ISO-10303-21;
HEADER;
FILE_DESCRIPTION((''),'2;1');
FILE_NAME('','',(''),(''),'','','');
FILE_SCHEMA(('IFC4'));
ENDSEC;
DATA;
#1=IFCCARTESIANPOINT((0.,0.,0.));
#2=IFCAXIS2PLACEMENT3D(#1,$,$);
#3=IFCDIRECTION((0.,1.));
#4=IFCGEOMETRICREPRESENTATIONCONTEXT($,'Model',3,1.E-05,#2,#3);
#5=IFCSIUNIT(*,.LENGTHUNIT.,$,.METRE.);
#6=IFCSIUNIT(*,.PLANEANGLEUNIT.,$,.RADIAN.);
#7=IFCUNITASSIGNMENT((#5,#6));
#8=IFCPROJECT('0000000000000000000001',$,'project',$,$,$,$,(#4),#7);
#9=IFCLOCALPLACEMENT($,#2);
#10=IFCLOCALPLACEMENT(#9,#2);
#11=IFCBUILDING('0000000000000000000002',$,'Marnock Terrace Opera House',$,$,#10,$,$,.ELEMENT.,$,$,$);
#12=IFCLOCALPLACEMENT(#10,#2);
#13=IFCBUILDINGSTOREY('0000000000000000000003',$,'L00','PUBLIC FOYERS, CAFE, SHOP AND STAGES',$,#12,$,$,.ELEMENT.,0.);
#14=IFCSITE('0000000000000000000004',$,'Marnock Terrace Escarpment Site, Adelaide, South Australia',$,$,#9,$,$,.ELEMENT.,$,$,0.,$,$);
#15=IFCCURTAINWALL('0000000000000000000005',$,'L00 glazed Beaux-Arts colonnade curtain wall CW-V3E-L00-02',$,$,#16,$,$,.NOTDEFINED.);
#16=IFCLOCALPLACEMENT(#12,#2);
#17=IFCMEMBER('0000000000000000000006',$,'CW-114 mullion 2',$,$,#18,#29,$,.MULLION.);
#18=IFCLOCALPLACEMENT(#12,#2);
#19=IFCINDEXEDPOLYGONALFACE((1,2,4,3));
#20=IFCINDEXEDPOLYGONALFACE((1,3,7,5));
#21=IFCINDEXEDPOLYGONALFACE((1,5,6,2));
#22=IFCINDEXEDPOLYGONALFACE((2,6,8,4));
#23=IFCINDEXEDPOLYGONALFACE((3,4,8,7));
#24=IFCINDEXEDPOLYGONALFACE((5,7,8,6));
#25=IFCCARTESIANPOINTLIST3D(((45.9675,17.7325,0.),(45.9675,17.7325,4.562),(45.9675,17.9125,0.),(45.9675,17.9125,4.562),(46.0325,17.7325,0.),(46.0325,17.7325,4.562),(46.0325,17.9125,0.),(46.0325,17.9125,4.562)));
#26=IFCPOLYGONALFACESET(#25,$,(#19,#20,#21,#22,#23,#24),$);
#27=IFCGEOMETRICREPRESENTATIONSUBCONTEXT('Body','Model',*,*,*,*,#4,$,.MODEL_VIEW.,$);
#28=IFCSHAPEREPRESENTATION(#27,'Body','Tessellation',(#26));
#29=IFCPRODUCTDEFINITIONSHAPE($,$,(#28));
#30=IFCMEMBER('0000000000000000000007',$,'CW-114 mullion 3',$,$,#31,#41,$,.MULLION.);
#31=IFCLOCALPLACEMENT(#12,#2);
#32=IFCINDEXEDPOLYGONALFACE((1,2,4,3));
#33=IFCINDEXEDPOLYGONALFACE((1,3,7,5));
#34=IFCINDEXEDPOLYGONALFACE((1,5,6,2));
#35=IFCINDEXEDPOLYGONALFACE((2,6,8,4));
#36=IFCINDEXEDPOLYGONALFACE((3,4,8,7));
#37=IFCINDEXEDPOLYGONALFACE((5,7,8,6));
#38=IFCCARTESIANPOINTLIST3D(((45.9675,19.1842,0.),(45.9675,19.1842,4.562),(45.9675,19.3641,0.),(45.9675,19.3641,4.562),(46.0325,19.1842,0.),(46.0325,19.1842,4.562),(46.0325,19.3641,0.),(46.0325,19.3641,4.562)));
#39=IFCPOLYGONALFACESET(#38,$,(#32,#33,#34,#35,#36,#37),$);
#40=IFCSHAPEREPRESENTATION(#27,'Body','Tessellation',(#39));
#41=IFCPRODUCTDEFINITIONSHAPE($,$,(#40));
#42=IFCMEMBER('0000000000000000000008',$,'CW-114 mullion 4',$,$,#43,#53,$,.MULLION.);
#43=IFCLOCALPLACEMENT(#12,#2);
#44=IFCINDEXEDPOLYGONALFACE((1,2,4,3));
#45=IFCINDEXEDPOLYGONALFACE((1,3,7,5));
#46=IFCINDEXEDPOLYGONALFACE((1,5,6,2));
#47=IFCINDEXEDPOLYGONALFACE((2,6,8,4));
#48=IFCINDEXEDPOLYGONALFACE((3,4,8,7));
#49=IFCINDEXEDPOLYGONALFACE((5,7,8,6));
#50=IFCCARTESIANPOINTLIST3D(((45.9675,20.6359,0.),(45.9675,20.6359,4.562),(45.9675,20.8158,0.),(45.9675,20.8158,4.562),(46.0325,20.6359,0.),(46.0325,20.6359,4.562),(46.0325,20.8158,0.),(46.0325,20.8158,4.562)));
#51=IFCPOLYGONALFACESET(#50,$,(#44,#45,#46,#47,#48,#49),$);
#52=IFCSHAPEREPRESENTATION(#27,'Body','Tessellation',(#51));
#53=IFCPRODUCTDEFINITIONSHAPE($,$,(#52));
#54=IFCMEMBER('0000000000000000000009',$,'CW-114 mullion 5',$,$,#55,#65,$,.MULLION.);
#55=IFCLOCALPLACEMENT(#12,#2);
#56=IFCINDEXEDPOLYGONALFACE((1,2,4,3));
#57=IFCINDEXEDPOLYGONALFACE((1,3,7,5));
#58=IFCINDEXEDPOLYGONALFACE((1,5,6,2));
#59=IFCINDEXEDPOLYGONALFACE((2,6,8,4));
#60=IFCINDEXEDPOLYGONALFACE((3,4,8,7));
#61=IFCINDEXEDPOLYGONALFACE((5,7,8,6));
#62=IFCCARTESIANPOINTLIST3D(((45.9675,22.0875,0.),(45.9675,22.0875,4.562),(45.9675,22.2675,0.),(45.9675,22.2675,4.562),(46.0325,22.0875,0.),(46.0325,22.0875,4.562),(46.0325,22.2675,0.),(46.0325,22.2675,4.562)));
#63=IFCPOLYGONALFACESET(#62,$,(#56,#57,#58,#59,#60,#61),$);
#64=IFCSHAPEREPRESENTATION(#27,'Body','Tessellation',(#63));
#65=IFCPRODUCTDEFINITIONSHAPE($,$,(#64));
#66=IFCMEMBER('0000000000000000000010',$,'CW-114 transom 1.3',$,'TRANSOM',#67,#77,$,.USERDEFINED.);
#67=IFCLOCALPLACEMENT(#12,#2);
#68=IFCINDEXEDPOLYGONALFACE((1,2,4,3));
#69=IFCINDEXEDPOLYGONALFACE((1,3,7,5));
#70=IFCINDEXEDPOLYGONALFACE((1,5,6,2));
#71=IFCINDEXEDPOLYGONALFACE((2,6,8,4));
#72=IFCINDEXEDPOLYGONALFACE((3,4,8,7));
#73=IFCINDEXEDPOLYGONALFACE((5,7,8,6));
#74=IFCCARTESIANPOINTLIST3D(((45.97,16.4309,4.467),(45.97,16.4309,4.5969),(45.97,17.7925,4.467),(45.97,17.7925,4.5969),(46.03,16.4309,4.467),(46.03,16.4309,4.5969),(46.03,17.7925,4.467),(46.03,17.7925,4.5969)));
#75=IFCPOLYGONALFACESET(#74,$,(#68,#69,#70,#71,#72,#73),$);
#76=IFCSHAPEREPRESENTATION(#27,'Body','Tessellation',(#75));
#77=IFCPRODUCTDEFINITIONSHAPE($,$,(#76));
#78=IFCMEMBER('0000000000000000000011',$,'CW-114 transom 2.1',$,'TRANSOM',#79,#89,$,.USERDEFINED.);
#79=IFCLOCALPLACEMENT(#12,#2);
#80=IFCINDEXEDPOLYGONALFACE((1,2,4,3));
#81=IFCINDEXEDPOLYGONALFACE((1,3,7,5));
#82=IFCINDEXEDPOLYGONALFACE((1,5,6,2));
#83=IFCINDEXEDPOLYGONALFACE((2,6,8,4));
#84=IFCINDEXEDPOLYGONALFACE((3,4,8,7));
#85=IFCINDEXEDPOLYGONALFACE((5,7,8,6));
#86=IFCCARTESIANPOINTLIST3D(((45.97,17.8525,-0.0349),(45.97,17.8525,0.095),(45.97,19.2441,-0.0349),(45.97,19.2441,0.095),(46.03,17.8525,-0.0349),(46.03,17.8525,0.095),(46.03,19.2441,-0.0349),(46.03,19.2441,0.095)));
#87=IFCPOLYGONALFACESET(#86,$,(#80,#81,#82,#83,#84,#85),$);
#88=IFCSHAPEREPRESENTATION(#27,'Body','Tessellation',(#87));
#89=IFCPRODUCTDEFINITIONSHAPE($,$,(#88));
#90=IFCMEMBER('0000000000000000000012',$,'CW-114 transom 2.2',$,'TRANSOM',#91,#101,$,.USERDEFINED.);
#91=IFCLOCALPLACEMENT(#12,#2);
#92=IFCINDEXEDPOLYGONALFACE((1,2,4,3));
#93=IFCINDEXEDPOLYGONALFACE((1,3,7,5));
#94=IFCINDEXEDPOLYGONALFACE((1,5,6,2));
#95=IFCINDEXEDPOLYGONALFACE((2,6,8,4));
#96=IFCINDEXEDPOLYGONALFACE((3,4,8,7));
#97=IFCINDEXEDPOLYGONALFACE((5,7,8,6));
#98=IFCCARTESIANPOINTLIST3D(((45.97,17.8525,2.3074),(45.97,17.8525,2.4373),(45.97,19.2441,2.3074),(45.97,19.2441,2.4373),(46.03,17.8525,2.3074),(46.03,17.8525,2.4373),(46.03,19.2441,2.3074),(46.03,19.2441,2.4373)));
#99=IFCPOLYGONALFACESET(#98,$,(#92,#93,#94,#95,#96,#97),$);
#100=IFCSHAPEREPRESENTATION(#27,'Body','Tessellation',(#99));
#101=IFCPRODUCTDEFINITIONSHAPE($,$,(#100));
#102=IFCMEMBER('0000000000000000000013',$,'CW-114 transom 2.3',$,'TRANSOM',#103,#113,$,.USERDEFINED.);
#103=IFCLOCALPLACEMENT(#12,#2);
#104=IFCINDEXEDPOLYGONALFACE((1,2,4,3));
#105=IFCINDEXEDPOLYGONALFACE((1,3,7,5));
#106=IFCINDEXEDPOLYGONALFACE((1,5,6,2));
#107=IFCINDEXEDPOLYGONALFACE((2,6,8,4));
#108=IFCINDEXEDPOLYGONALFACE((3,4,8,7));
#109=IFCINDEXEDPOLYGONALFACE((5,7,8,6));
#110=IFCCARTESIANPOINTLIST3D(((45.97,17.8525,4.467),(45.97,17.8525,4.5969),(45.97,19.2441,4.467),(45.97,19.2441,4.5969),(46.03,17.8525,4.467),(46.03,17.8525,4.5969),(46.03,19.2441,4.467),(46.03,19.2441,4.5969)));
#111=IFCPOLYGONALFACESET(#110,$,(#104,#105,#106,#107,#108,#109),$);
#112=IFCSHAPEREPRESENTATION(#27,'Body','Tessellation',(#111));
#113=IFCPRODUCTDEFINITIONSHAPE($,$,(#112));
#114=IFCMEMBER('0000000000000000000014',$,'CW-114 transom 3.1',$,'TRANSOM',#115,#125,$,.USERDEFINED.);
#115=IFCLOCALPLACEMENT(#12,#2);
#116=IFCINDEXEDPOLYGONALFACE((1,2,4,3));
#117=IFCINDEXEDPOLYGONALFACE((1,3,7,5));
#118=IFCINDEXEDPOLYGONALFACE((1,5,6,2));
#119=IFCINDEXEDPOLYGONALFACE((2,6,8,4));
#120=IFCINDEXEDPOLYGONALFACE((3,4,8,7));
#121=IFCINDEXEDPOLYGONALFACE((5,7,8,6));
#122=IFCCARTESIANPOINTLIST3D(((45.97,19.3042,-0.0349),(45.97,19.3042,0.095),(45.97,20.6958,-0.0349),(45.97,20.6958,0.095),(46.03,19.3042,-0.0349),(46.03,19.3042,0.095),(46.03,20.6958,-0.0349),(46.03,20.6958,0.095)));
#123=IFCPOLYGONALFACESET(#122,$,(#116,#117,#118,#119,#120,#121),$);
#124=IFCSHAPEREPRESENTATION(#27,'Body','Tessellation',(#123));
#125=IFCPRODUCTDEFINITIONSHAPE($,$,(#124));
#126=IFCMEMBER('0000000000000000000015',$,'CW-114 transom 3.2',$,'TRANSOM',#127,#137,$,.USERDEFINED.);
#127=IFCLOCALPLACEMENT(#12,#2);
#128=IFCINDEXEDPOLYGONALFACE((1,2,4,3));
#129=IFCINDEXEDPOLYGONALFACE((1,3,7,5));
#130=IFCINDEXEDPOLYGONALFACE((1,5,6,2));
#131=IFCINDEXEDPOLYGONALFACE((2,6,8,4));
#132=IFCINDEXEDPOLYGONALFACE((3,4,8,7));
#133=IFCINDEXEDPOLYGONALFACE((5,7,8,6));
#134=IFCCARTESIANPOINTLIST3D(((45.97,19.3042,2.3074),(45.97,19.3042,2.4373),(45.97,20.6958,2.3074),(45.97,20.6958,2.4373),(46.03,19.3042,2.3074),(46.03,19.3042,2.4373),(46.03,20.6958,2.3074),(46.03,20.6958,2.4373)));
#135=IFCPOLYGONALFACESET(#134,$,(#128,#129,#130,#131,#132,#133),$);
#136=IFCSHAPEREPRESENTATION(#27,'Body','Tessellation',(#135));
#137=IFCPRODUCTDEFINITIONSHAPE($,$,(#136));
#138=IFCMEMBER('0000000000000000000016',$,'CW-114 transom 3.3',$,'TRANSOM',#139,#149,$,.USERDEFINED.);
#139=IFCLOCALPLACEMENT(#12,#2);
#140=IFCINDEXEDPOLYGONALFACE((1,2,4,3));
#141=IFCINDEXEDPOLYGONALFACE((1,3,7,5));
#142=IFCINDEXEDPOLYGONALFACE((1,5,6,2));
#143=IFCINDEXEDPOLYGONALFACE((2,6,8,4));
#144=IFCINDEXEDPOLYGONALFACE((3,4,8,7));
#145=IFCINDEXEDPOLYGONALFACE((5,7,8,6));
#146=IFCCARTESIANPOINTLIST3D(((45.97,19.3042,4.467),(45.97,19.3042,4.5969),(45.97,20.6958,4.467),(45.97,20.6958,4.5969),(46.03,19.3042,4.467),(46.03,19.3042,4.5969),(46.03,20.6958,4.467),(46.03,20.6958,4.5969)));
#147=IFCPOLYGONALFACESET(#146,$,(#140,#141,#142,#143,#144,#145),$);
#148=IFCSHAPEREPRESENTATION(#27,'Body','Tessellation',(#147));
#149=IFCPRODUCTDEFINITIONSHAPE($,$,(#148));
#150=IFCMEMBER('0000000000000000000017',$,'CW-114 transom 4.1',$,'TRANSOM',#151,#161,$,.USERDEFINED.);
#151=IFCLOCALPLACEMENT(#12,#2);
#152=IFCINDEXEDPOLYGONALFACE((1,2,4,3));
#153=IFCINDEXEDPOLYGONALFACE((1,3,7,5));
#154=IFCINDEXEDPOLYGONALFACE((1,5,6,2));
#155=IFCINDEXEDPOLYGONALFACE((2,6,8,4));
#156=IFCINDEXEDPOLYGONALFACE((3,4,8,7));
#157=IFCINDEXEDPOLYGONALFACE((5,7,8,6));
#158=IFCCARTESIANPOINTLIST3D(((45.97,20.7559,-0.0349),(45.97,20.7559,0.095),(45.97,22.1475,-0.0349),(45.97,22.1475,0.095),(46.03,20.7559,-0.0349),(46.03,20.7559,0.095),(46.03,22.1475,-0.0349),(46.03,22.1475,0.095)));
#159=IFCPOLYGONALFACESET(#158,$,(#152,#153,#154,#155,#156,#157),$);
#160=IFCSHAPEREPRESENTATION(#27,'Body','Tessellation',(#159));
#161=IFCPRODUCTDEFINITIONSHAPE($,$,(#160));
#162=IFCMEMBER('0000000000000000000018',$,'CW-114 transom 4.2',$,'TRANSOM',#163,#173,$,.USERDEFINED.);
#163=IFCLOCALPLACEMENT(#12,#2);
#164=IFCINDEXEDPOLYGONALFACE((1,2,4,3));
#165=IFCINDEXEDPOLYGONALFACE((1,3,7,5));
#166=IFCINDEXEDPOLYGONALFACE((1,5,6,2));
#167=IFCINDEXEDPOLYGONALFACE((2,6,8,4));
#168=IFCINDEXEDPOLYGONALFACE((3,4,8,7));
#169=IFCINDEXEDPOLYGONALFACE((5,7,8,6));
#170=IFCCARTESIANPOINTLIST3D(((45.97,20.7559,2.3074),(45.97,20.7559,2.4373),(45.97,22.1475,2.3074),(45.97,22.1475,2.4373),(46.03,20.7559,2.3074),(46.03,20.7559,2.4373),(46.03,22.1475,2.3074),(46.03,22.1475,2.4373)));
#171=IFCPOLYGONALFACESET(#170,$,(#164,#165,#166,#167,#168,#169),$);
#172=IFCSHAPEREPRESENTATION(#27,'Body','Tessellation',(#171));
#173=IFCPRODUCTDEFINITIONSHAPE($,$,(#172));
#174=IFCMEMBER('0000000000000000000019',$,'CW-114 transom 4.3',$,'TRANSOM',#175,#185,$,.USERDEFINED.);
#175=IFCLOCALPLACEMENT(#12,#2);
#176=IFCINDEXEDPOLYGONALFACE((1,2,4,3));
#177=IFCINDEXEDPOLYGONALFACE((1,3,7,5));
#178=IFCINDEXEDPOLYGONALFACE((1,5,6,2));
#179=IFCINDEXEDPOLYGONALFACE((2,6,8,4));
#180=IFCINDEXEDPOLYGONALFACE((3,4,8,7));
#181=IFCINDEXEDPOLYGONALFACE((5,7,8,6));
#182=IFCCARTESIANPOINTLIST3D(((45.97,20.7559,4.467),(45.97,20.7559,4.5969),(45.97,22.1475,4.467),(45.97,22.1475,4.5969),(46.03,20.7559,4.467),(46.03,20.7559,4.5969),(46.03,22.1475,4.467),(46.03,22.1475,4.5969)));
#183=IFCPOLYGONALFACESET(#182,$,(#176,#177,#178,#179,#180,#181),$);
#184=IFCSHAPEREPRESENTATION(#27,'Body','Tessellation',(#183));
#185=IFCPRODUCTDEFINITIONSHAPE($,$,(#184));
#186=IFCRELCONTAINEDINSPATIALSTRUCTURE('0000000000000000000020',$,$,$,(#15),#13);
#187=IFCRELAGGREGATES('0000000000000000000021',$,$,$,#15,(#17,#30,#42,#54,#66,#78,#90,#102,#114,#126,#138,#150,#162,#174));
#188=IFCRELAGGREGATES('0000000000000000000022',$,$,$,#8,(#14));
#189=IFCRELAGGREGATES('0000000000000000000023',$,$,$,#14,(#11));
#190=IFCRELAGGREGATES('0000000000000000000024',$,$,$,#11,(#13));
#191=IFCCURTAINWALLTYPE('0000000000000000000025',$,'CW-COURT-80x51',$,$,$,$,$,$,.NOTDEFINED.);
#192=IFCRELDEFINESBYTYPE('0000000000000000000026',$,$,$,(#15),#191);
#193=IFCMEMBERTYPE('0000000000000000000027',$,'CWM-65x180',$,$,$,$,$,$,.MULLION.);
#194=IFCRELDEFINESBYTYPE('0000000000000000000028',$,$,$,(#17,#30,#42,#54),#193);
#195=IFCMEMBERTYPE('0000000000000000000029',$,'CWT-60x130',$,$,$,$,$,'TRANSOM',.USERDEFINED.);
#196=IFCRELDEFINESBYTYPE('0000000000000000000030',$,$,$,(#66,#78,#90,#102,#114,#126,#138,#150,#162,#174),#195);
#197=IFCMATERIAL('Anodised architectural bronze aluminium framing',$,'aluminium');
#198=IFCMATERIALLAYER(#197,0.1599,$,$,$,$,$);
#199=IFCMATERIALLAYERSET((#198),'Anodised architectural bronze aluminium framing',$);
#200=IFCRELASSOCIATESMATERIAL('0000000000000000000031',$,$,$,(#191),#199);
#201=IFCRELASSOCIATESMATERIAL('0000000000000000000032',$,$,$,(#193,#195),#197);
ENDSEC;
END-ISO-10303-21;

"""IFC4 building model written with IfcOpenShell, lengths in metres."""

from ifc_helpers import new_model, si_unit, direction, frame, origin, origin_2d, place, context, subcontext, project, spatial, rectangle, extrude, material, layer, layer_set, material_profile, profile_set, type_object, element, aggregate, save


model = new_model("IFC4")

# Units and contexts
model_context = context("Model", 3, precision=1e-05, world=origin(), true_north=direction((0.0, 1.0)))
body_context = subcontext(model_context, "Body", "Model", "MODEL_VIEW")
ifc_project = project(units=[si_unit("LENGTHUNIT", "METRE"), si_unit("PLANEANGLEUNIT", "RADIAN")], contexts=[model_context])

# Site, building, storey
site_placement = place(None, origin())
site = spatial("IfcSite", under=ifc_project, at=site_placement, Name="Marnock Terrace Escarpment Site, Adelaide, South Australia", CompositionType="ELEMENT", RefElevation=0.0)
building_placement = place(site_placement, origin())
building = spatial("IfcBuilding", under=site, at=building_placement, Name="Marnock Terrace Opera House", CompositionType="ELEMENT")
storey_placement = place(building_placement, origin())
storey = spatial("IfcBuildingStorey", under=building, at=storey_placement, Name="L00", Description="PUBLIC FOYERS, CAFE, SHOP AND STAGES", CompositionType="ELEMENT", Elevation=0.0)

# Curtain wall, members
ifc_material_1 = material(Name="Anodised architectural bronze aluminium framing", Category="aluminium")
ifc_layer_1 = layer(ifc_material_1, 0.1599)
ifc_layer_set_1 = layer_set([ifc_layer_1], Name="Anodised architectural bronze aluminium framing")
curtain_wall_type = type_object("IfcCurtainWallType", Name="CW-COURT-80x51", PredefinedType="NOTDEFINED", material=ifc_layer_set_1)
curtain_wall_placement = place(storey_placement, origin())
curtain_wall = element("IfcCurtainWall", 1, at=curtain_wall_placement, inside=storey, type_object=curtain_wall_type, Name="L00 glazed Beaux-Arts colonnade curtain wall CW-V3E-L00-02", PredefinedType="NOTDEFINED")
ifc_material_profile_1 = material_profile(ifc_material_1, rectangle(XDim=0.0649, YDim=0.1799, at=origin_2d()))
ifc_profile_set_1 = profile_set([ifc_material_profile_1], Name="Anodised architectural bronze aluminium framing")
member_type_1 = type_object("IfcMemberType", Name="CWM-65x180", PredefinedType="MULLION", material=ifc_profile_set_1)
member_1_placement = place(storey_placement, frame((46.0, 17.8225, 0.0), z_axis=(0.0, 0.0, 1.0), x_axis=(-1.0, 0.0, 0.0)))
member_1 = element("IfcMember", 2, at=member_1_placement, type_object=member_type_1, Name="CW-114 mullion 2", PredefinedType="MULLION", context=body_context, shape_type="SweptSolid", body=[
    extrude(rectangle(XDim=0.0649, YDim=0.1799, at=origin_2d()), origin(), (0.0, 0.0, 1.0), 4.562),
])
member_2_placement = place(storey_placement, frame((46.0, 19.2742, 0.0), z_axis=(0.0, 0.0, 1.0), x_axis=(-1.0, 0.0, 0.0)))
member_2 = element("IfcMember", 3, at=member_2_placement, type_object=member_type_1, Name="CW-114 mullion 3", PredefinedType="MULLION", context=body_context, shape_type="SweptSolid", body=[
    extrude(rectangle(XDim=0.0649, YDim=0.1799, at=origin_2d()), origin(), (0.0, 0.0, 1.0), 4.562),
])
member_3_placement = place(storey_placement, frame((46.0, 20.7258, 0.0), z_axis=(0.0, 0.0, 1.0), x_axis=(-1.0, 0.0, 0.0)))
member_3 = element("IfcMember", 4, at=member_3_placement, type_object=member_type_1, Name="CW-114 mullion 4", PredefinedType="MULLION", context=body_context, shape_type="SweptSolid", body=[
    extrude(rectangle(XDim=0.0649, YDim=0.1799, at=origin_2d()), origin(), (0.0, 0.0, 1.0), 4.562),
])
member_4_placement = place(storey_placement, frame((46.0, 22.1775, 0.0), z_axis=(0.0, 0.0, 1.0), x_axis=(-1.0, 0.0, 0.0)))
member_4 = element("IfcMember", 5, at=member_4_placement, type_object=member_type_1, Name="CW-114 mullion 5", PredefinedType="MULLION", context=body_context, shape_type="SweptSolid", body=[
    extrude(rectangle(XDim=0.0649, YDim=0.1799, at=origin_2d()), origin(), (0.0, 0.0, 1.0), 4.562),
])
ifc_material_profile_2 = material_profile(ifc_material_1, rectangle(XDim=0.0601, YDim=0.1299, at=origin_2d()))
ifc_profile_set_2 = profile_set([ifc_material_profile_2], Name="Anodised architectural bronze aluminium framing")
member_type_2 = type_object("IfcMemberType", Name="CWT-60x130", ElementType="TRANSOM", PredefinedType="USERDEFINED", material=ifc_profile_set_2)
member_5_placement = place(storey_placement, frame((46.0, 16.4309, 4.532), z_axis=(0.0, 1.0, 0.0), x_axis=(-1.0, 0.0, 0.0)))
member_5 = element("IfcMember", 6, at=member_5_placement, type_object=member_type_2, Name="CW-114 transom 1.3", ObjectType="TRANSOM", PredefinedType="USERDEFINED", context=body_context, shape_type="SweptSolid", body=[
    extrude(rectangle(XDim=0.0601, YDim=0.1299, at=origin_2d()), origin(), (0.0, 0.0, 1.0), 1.3616),
])
member_6_placement = place(storey_placement, frame((46.0, 17.8525, 0.03), z_axis=(0.0, 1.0, 0.0), x_axis=(-1.0, 0.0, 0.0)))
member_6 = element("IfcMember", 7, at=member_6_placement, type_object=member_type_2, Name="CW-114 transom 2.1", ObjectType="TRANSOM", PredefinedType="USERDEFINED", context=body_context, shape_type="SweptSolid", body=[
    extrude(rectangle(XDim=0.0601, YDim=0.1299, at=origin_2d()), origin(), (0.0, 0.0, 1.0), 1.3916),
])
member_7_placement = place(storey_placement, frame((46.0, 17.8525, 2.3723), z_axis=(0.0, 1.0, 0.0), x_axis=(-1.0, 0.0, 0.0)))
member_7 = element("IfcMember", 8, at=member_7_placement, type_object=member_type_2, Name="CW-114 transom 2.2", ObjectType="TRANSOM", PredefinedType="USERDEFINED", context=body_context, shape_type="SweptSolid", body=[
    extrude(rectangle(XDim=0.0601, YDim=0.1299, at=origin_2d()), origin(), (0.0, 0.0, 1.0), 1.3916),
])
member_8_placement = place(storey_placement, frame((46.0, 17.8525, 4.532), z_axis=(0.0, 1.0, 0.0), x_axis=(-1.0, 0.0, 0.0)))
member_8 = element("IfcMember", 9, at=member_8_placement, type_object=member_type_2, Name="CW-114 transom 2.3", ObjectType="TRANSOM", PredefinedType="USERDEFINED", context=body_context, shape_type="SweptSolid", body=[
    extrude(rectangle(XDim=0.0601, YDim=0.1299, at=origin_2d()), origin(), (0.0, 0.0, 1.0), 1.3916),
])
member_9_placement = place(storey_placement, frame((46.0, 19.3042, 0.03), z_axis=(0.0, 1.0, 0.0), x_axis=(-1.0, 0.0, 0.0)))
member_9 = element("IfcMember", 10, at=member_9_placement, type_object=member_type_2, Name="CW-114 transom 3.1", ObjectType="TRANSOM", PredefinedType="USERDEFINED", context=body_context, shape_type="SweptSolid", body=[
    extrude(rectangle(XDim=0.0601, YDim=0.1299, at=origin_2d()), origin(), (0.0, 0.0, 1.0), 1.3916),
])
member_10_placement = place(storey_placement, frame((46.0, 19.3042, 2.3723), z_axis=(0.0, 1.0, 0.0), x_axis=(-1.0, 0.0, 0.0)))
member_10 = element("IfcMember", 11, at=member_10_placement, type_object=member_type_2, Name="CW-114 transom 3.2", ObjectType="TRANSOM", PredefinedType="USERDEFINED", context=body_context, shape_type="SweptSolid", body=[
    extrude(rectangle(XDim=0.0601, YDim=0.1299, at=origin_2d()), origin(), (0.0, 0.0, 1.0), 1.3916),
])
member_11_placement = place(storey_placement, frame((46.0, 19.3042, 4.532), z_axis=(0.0, 1.0, 0.0), x_axis=(-1.0, 0.0, 0.0)))
member_11 = element("IfcMember", 12, at=member_11_placement, type_object=member_type_2, Name="CW-114 transom 3.3", ObjectType="TRANSOM", PredefinedType="USERDEFINED", context=body_context, shape_type="SweptSolid", body=[
    extrude(rectangle(XDim=0.0601, YDim=0.1299, at=origin_2d()), origin(), (0.0, 0.0, 1.0), 1.3916),
])
member_12_placement = place(storey_placement, frame((46.0, 20.7559, 0.03), z_axis=(0.0, 1.0, 0.0), x_axis=(-1.0, 0.0, 0.0)))
member_12 = element("IfcMember", 13, at=member_12_placement, type_object=member_type_2, Name="CW-114 transom 4.1", ObjectType="TRANSOM", PredefinedType="USERDEFINED", context=body_context, shape_type="SweptSolid", body=[
    extrude(rectangle(XDim=0.0601, YDim=0.1299, at=origin_2d()), origin(), (0.0, 0.0, 1.0), 1.3916),
])
member_13_placement = place(storey_placement, frame((46.0, 20.7559, 2.3723), z_axis=(0.0, 1.0, 0.0), x_axis=(-1.0, 0.0, 0.0)))
member_13 = element("IfcMember", 14, at=member_13_placement, type_object=member_type_2, Name="CW-114 transom 4.2", ObjectType="TRANSOM", PredefinedType="USERDEFINED", context=body_context, shape_type="SweptSolid", body=[
    extrude(rectangle(XDim=0.0601, YDim=0.1299, at=origin_2d()), origin(), (0.0, 0.0, 1.0), 1.3916),
])
member_14_placement = place(storey_placement, frame((46.0, 20.7559, 4.532), z_axis=(0.0, 1.0, 0.0), x_axis=(-1.0, 0.0, 0.0)))
member_14 = element("IfcMember", 15, at=member_14_placement, type_object=member_type_2, Name="CW-114 transom 4.3", ObjectType="TRANSOM", PredefinedType="USERDEFINED", context=body_context, shape_type="SweptSolid", body=[
    extrude(rectangle(XDim=0.0601, YDim=0.1299, at=origin_2d()), origin(), (0.0, 0.0, 1.0), 1.3916),
])
aggregate(curtain_wall, [member_1, member_2, member_3, member_4, member_5, member_6, member_7, member_8, member_9, member_10, member_11, member_12, member_13, member_14])

save(model, "model.ifc")
